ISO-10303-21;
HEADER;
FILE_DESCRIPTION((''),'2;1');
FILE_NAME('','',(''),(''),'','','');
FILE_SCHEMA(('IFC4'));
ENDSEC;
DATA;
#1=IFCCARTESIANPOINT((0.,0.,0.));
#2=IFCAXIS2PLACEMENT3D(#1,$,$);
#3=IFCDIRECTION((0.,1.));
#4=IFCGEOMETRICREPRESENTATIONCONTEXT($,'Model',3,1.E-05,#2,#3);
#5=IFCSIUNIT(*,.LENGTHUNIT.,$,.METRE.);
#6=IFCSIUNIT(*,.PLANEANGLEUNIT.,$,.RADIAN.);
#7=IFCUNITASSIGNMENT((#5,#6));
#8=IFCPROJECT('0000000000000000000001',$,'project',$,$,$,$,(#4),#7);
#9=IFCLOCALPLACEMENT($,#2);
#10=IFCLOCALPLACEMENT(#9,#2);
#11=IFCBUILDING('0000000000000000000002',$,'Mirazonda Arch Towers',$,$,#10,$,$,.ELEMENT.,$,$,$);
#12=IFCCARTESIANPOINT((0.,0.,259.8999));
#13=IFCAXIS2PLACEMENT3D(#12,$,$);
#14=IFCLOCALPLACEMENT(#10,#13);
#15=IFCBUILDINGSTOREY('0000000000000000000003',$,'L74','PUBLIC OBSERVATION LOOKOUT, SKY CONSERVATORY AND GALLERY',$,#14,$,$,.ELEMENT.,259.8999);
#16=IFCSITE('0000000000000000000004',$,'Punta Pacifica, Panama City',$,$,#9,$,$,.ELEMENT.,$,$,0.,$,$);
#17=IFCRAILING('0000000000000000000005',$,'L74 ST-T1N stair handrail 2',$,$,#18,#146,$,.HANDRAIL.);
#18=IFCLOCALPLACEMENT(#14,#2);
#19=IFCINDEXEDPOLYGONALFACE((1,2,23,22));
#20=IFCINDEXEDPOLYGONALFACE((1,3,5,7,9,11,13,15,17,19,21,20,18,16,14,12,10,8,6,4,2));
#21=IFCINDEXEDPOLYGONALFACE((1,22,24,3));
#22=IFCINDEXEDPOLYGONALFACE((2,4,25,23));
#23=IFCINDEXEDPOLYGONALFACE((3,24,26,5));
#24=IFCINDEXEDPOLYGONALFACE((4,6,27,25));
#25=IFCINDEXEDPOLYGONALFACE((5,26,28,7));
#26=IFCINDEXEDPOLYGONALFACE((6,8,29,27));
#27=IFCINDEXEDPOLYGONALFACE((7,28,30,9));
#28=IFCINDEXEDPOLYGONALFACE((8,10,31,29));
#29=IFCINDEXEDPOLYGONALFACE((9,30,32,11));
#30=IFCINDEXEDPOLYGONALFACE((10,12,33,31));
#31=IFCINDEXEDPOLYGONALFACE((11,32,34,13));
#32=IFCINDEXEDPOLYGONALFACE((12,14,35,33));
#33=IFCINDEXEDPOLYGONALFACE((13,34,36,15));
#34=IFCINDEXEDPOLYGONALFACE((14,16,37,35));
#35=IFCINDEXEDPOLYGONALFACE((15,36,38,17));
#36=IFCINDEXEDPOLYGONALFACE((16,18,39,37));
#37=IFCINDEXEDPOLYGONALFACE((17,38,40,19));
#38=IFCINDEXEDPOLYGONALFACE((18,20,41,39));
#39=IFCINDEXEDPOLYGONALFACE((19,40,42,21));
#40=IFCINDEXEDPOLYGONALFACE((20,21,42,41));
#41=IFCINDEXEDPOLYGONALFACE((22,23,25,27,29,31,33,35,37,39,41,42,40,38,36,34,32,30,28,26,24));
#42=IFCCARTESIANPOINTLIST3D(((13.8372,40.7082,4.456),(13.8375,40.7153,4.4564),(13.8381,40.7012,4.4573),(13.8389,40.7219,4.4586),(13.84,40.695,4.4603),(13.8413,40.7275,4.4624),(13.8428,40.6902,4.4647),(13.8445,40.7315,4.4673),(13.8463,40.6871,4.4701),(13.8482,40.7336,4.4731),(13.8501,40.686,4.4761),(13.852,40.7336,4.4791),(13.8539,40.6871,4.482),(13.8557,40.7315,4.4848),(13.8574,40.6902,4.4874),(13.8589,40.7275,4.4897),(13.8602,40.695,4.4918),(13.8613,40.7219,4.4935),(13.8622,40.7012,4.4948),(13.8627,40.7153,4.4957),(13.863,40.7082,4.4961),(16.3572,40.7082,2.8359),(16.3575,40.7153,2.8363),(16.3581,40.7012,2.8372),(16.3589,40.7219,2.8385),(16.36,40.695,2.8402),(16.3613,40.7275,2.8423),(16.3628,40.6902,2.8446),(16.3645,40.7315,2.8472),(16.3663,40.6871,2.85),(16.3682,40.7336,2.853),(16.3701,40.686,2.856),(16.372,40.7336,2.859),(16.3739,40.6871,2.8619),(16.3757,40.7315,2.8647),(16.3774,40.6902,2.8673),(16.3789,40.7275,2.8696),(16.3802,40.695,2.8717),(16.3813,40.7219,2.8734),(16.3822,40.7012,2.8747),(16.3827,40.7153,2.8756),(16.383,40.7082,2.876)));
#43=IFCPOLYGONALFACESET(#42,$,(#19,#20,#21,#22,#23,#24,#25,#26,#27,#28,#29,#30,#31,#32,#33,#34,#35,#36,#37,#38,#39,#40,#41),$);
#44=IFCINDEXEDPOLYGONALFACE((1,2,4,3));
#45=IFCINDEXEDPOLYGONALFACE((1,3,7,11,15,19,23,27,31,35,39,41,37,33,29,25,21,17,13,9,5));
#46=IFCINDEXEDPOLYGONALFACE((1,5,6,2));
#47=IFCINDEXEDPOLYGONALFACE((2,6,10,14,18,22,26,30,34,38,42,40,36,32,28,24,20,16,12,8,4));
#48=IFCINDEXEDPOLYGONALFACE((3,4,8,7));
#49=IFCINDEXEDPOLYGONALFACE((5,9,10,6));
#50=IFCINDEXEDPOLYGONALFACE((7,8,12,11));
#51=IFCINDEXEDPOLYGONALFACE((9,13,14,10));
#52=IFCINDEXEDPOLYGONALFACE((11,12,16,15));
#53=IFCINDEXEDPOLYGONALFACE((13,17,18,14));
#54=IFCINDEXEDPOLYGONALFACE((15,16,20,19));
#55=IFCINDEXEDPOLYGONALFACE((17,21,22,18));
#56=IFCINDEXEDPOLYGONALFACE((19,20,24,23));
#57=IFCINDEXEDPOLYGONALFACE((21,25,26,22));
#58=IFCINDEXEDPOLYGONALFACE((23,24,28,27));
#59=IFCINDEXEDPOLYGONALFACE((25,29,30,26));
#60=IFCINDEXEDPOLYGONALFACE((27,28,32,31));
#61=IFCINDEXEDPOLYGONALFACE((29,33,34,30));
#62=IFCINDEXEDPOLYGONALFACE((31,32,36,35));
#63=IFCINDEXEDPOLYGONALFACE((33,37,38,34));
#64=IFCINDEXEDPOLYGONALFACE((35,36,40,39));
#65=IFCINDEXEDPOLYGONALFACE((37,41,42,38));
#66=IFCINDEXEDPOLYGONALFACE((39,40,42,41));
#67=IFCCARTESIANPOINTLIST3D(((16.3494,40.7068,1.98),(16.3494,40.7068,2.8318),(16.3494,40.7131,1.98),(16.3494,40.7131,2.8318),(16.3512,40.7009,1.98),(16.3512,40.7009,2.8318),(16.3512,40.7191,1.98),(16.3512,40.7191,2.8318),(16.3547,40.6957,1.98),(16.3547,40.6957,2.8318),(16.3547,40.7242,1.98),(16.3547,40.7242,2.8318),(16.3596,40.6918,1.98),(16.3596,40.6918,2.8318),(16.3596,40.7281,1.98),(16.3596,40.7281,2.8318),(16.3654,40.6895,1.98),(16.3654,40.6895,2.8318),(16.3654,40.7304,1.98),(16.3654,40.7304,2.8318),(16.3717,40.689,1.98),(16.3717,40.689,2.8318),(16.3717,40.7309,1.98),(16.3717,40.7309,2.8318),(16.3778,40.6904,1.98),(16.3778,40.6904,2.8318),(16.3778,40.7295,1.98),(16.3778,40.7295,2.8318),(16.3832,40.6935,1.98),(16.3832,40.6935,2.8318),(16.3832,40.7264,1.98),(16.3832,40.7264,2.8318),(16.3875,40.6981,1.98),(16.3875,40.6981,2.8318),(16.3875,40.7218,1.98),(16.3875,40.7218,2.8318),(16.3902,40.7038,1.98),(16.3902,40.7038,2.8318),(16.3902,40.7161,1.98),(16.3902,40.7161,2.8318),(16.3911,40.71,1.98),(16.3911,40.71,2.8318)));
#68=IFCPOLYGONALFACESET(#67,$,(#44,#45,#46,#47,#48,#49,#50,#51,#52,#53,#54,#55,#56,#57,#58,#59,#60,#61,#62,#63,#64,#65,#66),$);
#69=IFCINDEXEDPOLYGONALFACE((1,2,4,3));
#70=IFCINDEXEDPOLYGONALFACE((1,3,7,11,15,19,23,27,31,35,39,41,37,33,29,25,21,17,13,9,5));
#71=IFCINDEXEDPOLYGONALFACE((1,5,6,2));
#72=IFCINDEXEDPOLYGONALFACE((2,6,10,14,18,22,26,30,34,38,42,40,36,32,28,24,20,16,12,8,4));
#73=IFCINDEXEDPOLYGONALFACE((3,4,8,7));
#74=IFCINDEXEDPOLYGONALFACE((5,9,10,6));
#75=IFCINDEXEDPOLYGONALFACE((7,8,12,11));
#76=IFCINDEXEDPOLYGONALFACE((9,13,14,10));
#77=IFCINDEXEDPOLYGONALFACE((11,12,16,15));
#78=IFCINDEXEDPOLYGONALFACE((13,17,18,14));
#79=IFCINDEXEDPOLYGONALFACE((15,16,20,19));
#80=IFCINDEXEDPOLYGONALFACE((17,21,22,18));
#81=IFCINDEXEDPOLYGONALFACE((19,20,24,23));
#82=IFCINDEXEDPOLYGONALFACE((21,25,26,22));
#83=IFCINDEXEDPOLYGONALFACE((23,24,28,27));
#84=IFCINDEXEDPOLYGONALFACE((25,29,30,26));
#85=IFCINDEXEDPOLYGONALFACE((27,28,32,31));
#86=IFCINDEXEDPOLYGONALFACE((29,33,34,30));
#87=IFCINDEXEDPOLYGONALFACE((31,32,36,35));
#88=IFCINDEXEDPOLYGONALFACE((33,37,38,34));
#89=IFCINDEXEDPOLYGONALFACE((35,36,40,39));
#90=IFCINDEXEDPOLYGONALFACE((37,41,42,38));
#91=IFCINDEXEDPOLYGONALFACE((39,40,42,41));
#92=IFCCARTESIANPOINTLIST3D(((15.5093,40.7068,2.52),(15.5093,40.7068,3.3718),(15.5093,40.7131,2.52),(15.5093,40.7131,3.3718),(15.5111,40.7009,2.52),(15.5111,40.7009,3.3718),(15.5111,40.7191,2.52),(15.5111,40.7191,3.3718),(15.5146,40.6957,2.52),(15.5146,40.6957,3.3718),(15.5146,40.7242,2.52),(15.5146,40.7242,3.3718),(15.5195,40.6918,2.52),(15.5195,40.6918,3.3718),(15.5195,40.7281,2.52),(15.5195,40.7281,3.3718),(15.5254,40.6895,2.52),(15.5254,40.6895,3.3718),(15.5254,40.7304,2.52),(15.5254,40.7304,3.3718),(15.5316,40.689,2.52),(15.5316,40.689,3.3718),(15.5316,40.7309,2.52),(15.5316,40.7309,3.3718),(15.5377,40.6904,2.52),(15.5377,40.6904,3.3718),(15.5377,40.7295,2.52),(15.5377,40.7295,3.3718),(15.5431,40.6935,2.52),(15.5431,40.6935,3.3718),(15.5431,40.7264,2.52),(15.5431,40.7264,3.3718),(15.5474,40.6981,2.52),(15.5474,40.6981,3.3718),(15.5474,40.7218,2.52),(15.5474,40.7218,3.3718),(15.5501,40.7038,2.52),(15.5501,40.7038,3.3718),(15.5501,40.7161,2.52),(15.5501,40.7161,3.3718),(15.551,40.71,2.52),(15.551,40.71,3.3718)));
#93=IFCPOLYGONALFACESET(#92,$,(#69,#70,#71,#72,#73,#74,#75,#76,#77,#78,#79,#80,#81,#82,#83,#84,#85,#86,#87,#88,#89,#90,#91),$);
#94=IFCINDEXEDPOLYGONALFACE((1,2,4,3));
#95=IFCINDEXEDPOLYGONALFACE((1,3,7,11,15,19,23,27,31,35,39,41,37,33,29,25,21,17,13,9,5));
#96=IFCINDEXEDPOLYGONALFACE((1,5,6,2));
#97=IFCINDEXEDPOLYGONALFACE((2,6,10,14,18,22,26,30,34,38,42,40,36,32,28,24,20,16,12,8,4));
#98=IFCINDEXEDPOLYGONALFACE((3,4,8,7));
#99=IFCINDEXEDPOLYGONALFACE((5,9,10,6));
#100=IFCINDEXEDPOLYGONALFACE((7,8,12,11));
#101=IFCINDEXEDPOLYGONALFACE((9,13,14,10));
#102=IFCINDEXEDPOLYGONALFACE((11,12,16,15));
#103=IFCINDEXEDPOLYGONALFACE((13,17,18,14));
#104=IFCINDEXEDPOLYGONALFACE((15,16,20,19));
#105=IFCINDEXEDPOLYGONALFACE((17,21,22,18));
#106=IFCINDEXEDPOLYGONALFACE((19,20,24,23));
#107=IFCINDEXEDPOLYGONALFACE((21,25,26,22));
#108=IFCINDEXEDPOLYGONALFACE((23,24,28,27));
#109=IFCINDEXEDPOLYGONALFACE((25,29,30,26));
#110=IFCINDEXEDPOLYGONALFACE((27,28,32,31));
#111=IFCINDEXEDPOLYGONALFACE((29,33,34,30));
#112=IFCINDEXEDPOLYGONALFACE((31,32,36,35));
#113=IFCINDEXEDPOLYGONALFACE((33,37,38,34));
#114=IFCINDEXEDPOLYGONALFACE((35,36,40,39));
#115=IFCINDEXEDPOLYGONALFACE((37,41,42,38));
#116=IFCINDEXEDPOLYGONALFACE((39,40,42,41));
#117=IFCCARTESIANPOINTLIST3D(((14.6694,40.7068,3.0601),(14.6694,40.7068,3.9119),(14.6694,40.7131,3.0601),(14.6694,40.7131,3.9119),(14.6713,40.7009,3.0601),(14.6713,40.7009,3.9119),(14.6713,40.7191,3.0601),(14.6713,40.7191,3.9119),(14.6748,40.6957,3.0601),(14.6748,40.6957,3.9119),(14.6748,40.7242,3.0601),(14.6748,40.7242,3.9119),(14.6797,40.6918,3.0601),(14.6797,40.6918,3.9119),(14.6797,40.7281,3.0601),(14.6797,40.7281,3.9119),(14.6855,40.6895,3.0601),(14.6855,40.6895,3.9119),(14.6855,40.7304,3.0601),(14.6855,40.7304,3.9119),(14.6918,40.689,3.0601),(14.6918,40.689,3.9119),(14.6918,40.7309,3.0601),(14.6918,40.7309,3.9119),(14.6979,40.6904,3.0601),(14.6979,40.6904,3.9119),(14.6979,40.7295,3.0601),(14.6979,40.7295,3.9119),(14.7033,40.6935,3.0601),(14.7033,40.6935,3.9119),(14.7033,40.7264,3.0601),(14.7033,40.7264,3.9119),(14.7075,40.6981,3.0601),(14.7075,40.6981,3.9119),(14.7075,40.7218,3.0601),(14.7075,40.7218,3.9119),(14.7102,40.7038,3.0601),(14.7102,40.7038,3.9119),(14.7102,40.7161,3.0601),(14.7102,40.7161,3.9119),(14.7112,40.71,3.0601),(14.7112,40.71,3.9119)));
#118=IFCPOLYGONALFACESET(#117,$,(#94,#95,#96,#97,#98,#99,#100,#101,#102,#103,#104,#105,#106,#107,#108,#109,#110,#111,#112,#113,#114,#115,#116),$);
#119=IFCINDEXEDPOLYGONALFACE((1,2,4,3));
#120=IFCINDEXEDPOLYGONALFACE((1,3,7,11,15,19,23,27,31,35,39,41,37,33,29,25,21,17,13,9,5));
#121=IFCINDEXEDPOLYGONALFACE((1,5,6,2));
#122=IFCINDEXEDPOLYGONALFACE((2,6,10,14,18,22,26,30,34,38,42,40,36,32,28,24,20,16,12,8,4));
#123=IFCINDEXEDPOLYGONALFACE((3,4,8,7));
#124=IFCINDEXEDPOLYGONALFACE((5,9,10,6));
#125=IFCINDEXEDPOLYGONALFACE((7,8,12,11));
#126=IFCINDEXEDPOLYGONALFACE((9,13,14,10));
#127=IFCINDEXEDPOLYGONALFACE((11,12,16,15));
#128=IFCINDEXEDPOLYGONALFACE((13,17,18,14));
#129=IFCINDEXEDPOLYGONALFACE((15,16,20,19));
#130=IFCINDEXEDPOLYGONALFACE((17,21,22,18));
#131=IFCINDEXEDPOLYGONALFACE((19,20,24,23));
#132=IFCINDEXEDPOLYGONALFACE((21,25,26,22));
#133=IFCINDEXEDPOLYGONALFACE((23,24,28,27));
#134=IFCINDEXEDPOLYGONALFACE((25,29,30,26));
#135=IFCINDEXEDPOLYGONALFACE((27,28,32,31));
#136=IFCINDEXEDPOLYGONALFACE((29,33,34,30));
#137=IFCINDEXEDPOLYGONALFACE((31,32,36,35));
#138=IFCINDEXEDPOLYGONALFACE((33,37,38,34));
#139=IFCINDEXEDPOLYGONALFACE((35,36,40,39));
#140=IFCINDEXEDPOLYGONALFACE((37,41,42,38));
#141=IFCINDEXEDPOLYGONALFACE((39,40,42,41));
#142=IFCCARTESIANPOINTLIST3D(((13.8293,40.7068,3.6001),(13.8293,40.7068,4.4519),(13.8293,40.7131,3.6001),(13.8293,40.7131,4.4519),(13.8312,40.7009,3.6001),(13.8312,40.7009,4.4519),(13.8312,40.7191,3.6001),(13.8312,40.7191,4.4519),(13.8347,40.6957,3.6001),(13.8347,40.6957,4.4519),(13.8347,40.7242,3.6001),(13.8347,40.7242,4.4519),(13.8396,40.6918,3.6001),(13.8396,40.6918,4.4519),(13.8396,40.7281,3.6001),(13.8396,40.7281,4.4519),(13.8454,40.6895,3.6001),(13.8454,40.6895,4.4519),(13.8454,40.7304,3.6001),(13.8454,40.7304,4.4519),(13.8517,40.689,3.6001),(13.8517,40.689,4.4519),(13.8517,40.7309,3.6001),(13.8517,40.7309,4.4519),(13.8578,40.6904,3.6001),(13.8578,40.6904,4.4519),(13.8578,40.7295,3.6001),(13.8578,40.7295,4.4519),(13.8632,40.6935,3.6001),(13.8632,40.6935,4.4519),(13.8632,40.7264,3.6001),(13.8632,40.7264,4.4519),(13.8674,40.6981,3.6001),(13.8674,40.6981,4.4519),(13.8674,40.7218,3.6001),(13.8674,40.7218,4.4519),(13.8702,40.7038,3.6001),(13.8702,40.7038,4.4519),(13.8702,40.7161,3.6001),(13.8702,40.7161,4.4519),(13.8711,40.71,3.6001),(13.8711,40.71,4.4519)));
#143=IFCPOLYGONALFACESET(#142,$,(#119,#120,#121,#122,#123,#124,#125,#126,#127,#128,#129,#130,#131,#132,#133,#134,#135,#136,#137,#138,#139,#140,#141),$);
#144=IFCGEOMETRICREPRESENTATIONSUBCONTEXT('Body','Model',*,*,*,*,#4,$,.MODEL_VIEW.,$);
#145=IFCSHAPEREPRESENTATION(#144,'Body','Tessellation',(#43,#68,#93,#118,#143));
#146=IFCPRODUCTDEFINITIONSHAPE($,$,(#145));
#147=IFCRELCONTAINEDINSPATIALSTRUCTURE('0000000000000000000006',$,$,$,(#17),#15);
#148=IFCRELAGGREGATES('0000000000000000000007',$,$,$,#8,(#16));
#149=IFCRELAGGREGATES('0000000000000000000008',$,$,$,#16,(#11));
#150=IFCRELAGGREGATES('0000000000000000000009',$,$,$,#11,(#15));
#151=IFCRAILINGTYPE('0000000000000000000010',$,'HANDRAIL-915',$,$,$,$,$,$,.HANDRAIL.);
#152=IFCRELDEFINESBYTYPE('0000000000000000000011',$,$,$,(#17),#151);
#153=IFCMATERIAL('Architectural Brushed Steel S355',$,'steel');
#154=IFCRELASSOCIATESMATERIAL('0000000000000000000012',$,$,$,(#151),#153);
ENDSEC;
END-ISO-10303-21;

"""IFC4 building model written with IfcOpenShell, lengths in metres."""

from ifc_helpers import new_model, si_unit, direction, frame, origin, origin_2d, place, context, subcontext, project, spatial, circle, extrude, material, type_object, element, save


model = new_model("IFC4")

# Units and contexts
model_context = context("Model", 3, precision=1e-05, world=origin(), true_north=direction((0.0, 1.0)))
body_context = subcontext(model_context, "Body", "Model", "MODEL_VIEW")
ifc_project = project(units=[si_unit("LENGTHUNIT", "METRE"), si_unit("PLANEANGLEUNIT", "RADIAN")], contexts=[model_context])

# Site, building, storey
site_placement = place(None, origin())
site = spatial("IfcSite", under=ifc_project, at=site_placement, Name="Punta Pacifica, Panama City", CompositionType="ELEMENT", RefElevation=0.0)
building_placement = place(site_placement, origin())
building = spatial("IfcBuilding", under=site, at=building_placement, Name="Mirazonda Arch Towers", CompositionType="ELEMENT")
storey_placement = place(building_placement, frame((0.0, 0.0, 259.8999)))
storey = spatial("IfcBuildingStorey", under=building, at=storey_placement, Name="L74", Description="PUBLIC OBSERVATION LOOKOUT, SKY CONSERVATORY AND GALLERY", CompositionType="ELEMENT", Elevation=259.8999)

# Shared definitions
ifc_material_1 = material(Name="Architectural Brushed Steel S355", Category="steel")

# Railing
railing_type_1 = type_object("IfcRailingType", Name="HANDRAIL-915", PredefinedType="HANDRAIL", material=ifc_material_1)
railing_1_placement = place(storey_placement, frame((16.3701, 40.71, 1.98)))
element("IfcRailing", 1, at=railing_1_placement, inside=storey, type_object=railing_type_1, Name="L74 ST-T1N stair handrail 2", PredefinedType="HANDRAIL", context=body_context, shape_type="SweptSolid", body=[
    extrude(circle(Radius=0.0239, at=origin_2d()), frame((0.0, 0.0, 0.876), z_axis=(-0.841163, 0.0, 0.540782), x_axis=(0.0, -1.0, 0.0)), (0.0, 0.0, 1.0), 2.9958),
    extrude(circle(Radius=0.021, at=origin_2d()), origin(), (0.0, 0.0, 1.0), 0.8518),
    extrude(circle(Radius=0.021, at=origin_2d()), frame((-0.8401, 0.0, 0.54)), (0.0, 0.0, 1.0), 0.8518),
    extrude(circle(Radius=0.021, at=origin_2d()), frame((-1.6799, 0.0, 1.0801)), (0.0, 0.0, 1.0), 0.8518),
    extrude(circle(Radius=0.021, at=origin_2d()), frame((-2.52, 0.0, 1.6201)), (0.0, 0.0, 1.0), 0.8518),
])

save(model, "model.ifc")
